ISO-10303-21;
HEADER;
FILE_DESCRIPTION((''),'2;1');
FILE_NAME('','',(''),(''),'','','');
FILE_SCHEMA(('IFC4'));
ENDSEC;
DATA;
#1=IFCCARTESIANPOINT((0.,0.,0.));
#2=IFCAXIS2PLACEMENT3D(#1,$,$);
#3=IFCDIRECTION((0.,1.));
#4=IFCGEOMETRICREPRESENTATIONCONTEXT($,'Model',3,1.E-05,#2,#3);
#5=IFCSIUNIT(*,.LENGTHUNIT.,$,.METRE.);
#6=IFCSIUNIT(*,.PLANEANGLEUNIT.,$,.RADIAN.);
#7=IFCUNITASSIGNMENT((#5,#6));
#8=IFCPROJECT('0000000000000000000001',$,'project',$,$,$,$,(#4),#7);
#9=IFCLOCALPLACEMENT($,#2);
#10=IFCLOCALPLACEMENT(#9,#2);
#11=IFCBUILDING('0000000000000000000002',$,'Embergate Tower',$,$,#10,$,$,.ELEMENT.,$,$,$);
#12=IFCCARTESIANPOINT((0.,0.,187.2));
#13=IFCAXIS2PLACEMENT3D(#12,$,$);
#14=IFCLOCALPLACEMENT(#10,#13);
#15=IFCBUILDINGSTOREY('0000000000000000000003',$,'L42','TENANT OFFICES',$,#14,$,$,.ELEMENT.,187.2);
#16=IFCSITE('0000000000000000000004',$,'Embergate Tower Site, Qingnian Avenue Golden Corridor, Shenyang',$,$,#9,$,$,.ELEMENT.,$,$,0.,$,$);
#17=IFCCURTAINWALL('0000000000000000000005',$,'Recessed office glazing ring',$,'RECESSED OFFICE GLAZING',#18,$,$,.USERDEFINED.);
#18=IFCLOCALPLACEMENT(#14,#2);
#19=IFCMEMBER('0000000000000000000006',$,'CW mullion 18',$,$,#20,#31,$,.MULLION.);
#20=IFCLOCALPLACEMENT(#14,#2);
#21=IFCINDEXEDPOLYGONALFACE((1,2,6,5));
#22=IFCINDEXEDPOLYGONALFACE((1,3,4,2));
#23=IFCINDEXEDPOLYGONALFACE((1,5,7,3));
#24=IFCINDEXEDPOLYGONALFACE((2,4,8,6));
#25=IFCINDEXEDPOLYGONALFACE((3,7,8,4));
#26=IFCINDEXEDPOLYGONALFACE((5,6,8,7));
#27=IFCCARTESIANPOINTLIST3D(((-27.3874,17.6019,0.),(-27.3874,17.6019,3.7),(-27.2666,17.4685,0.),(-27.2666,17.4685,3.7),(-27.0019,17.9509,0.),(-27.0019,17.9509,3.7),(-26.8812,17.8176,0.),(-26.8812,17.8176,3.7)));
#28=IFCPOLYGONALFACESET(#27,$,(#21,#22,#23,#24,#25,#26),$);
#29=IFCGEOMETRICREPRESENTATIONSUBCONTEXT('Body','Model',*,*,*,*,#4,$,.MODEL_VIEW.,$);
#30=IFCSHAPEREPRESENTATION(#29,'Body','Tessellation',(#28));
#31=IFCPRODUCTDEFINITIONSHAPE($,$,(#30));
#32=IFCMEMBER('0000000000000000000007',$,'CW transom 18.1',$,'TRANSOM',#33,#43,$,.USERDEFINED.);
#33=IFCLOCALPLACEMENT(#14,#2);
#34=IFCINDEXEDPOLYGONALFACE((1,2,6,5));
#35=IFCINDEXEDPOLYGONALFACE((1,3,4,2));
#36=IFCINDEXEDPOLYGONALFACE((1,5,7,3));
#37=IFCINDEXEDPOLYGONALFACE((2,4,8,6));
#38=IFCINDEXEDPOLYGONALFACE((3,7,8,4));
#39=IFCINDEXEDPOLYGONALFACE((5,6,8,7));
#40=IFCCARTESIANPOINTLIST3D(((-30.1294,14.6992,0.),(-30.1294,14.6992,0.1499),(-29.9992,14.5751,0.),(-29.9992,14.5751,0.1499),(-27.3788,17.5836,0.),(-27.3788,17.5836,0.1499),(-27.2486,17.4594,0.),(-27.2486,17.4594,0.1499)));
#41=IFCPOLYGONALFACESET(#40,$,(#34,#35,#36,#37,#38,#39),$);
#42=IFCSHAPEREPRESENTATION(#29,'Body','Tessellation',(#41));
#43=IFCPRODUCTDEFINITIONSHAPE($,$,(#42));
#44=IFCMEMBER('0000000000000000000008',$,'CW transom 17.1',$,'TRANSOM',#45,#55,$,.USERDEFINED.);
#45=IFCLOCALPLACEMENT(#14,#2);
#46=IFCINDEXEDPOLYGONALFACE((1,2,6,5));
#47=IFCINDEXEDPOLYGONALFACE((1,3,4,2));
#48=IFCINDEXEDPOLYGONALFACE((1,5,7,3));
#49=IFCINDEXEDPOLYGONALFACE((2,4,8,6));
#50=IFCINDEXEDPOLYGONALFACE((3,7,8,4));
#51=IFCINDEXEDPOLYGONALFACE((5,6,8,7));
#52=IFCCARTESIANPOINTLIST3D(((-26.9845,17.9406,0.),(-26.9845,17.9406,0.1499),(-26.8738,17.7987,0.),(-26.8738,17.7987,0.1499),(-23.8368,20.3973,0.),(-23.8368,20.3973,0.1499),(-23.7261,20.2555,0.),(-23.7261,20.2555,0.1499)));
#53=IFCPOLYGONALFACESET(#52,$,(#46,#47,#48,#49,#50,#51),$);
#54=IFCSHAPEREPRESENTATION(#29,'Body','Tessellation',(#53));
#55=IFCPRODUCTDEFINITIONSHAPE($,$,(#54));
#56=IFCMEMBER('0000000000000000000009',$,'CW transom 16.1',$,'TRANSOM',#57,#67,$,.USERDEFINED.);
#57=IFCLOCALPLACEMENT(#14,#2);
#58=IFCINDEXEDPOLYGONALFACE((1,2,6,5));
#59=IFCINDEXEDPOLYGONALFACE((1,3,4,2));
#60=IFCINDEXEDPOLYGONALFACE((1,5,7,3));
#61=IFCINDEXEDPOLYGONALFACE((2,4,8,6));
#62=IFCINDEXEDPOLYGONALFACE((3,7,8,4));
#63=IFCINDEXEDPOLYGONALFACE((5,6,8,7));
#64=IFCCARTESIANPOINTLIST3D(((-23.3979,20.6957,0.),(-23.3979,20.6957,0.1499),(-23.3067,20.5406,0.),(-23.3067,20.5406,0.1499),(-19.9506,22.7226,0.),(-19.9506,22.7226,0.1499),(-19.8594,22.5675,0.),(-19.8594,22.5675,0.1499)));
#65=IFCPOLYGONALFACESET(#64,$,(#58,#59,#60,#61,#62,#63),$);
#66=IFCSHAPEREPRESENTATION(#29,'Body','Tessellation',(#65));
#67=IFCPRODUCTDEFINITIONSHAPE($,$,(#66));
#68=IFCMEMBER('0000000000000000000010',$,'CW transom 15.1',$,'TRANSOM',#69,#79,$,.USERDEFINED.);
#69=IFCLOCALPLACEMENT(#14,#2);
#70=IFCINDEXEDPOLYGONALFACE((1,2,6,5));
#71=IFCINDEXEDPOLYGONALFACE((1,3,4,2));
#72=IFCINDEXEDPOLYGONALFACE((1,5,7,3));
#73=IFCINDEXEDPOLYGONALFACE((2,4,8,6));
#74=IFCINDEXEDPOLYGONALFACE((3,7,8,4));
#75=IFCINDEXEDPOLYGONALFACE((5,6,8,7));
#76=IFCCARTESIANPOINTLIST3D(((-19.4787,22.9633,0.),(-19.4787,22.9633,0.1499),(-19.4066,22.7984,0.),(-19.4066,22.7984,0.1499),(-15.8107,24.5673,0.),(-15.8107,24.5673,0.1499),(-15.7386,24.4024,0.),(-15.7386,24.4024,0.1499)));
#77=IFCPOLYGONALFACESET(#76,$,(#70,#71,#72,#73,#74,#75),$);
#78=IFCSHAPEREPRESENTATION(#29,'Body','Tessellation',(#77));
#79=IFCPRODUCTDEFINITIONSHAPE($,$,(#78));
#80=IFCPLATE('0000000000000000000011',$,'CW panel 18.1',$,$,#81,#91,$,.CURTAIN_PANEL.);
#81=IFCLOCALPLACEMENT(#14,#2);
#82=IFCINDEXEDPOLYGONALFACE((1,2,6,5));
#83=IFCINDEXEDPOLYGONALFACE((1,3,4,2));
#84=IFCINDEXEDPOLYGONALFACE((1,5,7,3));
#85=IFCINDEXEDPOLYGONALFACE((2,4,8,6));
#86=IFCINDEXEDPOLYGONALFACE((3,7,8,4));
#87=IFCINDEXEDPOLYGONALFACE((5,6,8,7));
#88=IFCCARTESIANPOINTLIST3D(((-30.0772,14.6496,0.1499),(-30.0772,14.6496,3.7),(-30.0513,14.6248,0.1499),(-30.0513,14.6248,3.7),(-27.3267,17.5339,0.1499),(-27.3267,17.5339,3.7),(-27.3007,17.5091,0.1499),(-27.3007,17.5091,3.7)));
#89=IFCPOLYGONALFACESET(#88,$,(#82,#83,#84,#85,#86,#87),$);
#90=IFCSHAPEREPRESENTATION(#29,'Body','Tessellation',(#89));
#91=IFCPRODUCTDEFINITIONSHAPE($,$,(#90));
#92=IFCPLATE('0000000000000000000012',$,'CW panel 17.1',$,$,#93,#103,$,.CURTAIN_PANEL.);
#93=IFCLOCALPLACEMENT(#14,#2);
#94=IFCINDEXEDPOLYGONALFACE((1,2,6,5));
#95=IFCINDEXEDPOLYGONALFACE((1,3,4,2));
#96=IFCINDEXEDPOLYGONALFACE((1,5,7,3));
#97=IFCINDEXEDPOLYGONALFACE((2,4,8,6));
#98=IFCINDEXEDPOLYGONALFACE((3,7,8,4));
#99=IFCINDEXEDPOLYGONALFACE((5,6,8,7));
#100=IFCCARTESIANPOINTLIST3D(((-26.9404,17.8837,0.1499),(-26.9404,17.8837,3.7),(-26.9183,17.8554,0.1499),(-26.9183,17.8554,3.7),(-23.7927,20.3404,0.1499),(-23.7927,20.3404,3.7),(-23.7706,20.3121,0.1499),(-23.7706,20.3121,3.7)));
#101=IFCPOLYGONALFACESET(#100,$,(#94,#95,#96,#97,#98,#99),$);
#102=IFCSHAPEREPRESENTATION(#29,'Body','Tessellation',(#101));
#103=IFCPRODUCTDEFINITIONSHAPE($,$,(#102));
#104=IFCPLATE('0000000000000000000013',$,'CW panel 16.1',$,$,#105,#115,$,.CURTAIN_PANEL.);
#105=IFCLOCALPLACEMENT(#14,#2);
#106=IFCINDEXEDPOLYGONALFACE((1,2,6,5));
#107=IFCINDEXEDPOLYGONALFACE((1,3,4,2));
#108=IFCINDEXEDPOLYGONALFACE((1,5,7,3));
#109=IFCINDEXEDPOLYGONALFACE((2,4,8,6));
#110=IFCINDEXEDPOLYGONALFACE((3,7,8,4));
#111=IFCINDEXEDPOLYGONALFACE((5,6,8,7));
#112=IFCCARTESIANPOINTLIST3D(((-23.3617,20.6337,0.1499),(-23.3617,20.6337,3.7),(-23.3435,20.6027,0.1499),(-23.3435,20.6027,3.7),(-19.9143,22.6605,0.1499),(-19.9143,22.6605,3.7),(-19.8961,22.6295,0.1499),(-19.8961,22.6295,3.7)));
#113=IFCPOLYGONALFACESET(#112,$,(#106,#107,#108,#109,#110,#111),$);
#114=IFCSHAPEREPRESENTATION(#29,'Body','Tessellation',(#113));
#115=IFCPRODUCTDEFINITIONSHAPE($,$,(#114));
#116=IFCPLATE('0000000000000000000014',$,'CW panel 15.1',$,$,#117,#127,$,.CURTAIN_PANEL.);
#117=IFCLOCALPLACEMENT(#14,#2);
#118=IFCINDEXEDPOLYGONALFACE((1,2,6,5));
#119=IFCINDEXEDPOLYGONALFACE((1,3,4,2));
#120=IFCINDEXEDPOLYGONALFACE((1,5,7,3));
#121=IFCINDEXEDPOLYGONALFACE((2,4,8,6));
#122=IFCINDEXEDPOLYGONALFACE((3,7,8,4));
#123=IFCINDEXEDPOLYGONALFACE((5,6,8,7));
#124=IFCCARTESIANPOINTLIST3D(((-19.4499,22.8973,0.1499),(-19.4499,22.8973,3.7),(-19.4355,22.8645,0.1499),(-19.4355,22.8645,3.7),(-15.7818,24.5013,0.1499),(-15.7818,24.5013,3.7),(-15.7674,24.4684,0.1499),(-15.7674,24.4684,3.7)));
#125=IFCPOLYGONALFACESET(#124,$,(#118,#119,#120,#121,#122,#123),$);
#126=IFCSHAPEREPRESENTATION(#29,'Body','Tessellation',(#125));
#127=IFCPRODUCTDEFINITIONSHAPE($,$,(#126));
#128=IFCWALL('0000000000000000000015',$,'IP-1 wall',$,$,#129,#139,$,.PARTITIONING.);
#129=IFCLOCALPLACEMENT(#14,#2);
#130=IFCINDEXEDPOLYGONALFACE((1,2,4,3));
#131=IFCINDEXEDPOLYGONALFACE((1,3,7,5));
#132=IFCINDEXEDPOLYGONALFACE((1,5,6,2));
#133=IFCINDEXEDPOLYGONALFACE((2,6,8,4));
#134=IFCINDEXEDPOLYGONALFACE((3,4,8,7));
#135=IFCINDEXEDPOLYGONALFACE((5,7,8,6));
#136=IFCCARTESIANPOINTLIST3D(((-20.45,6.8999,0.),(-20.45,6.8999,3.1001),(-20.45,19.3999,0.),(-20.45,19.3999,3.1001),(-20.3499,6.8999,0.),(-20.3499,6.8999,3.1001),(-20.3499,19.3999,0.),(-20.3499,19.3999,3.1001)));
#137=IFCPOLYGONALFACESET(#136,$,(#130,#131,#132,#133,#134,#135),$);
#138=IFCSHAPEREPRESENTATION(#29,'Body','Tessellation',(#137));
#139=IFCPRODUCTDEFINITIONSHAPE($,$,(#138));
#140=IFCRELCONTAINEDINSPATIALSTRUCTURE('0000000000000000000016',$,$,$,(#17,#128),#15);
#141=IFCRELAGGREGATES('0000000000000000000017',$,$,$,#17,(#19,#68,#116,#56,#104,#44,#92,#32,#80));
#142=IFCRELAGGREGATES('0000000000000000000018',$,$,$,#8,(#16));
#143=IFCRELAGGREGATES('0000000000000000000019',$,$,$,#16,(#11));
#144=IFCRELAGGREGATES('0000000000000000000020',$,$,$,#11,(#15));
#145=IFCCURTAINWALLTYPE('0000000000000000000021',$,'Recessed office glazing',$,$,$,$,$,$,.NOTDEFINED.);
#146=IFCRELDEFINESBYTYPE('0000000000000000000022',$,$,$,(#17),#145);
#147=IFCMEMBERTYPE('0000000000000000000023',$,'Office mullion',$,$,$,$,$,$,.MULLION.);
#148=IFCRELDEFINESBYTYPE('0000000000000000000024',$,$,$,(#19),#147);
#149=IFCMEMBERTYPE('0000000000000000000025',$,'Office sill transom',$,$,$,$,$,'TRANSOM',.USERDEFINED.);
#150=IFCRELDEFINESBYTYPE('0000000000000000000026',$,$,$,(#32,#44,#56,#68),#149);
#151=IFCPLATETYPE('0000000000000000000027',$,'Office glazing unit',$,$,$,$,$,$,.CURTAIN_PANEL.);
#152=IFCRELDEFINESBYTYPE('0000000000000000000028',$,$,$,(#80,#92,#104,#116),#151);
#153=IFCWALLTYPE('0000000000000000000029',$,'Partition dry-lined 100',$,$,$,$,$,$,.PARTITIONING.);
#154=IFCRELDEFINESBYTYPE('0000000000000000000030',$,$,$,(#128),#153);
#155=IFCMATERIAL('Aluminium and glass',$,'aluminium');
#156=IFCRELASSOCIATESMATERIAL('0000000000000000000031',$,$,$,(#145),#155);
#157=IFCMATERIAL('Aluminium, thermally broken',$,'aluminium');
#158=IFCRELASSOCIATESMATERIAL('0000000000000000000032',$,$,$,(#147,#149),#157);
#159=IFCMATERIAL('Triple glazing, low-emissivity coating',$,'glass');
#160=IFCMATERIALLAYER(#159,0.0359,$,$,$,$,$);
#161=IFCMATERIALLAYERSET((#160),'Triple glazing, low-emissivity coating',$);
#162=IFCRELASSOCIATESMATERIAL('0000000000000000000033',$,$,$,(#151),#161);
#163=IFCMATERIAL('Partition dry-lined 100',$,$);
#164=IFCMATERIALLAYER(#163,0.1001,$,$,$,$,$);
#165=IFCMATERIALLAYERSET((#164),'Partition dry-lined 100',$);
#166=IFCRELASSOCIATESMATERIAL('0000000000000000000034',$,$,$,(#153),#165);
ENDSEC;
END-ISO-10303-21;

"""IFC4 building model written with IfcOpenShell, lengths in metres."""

from ifc_helpers import new_model, si_unit, direction, frame, frame_2d, origin, origin_2d, place, context, subcontext, project, spatial, rectangle, extrude, source, transform, mapped, material, layer, layer_set, material_profile, profile_set, type_object, element, aggregate, save


model = new_model("IFC4")

# Units and contexts
model_context = context("Model", 3, precision=1e-05, world=origin(), true_north=direction((0.0, 1.0)))
body_context = subcontext(model_context, "Body", "Model", "MODEL_VIEW")
ifc_project = project(units=[si_unit("LENGTHUNIT", "METRE"), si_unit("PLANEANGLEUNIT", "RADIAN")], contexts=[model_context])

# Site, building, storey
site_placement = place(None, origin())
site = spatial("IfcSite", under=ifc_project, at=site_placement, Name="Embergate Tower Site, Qingnian Avenue Golden Corridor, Shenyang", CompositionType="ELEMENT", RefElevation=0.0)
building_placement = place(site_placement, origin())
building = spatial("IfcBuilding", under=site, at=building_placement, Name="Embergate Tower", CompositionType="ELEMENT")
storey_placement = place(building_placement, frame((0.0, 0.0, 187.2)))
storey = spatial("IfcBuildingStorey", under=building, at=storey_placement, Name="L42", Description="TENANT OFFICES", CompositionType="ELEMENT", Elevation=187.2)

# Curtain wall, members, plates
ifc_material_1 = material(Name="Aluminium and glass", Category="aluminium")
curtain_wall_type = type_object("IfcCurtainWallType", Name="Recessed office glazing", PredefinedType="NOTDEFINED", material=ifc_material_1)
curtain_wall_placement = place(storey_placement, origin())
curtain_wall = element("IfcCurtainWall", 1, at=curtain_wall_placement, inside=storey, type_object=curtain_wall_type, Name="Recessed office glazing ring", ObjectType="RECESSED OFFICE GLAZING", PredefinedType="USERDEFINED")
ifc_material_2 = material(Name="Aluminium, thermally broken", Category="aluminium")
ifc_material_profile_1 = material_profile(ifc_material_2, rectangle(XDim=0.1799, YDim=0.52, at=origin_2d()), Name="AL 520x180")
ifc_profile_set_1 = profile_set([ifc_material_profile_1], Name="Aluminium, thermally broken")
member_type_1 = type_object("IfcMemberType", Name="Office mullion", PredefinedType="MULLION", material=ifc_profile_set_1)
shared_shape_1 = source(origin(), body_context, "Body", "SweptSolid", [
    extrude(rectangle(XDim=0.1799, YDim=0.52, at=origin_2d()), origin(), (0.0, 0.0, 1.0), 3.7),
])
member_1_placement = place(storey_placement, frame((-27.1343, 17.7097, 0.0), z_axis=(0.0, 0.0, 1.0), x_axis=(0.671229, -0.74125, 0.0)))
member_1 = element("IfcMember", 2, at=member_1_placement, type_object=member_type_1, Name="CW mullion 18", PredefinedType="MULLION", context=body_context, shape_type="MappedRepresentation", body=[
    mapped(shared_shape_1, transform((0.0, 0.0, 0.0))),
])
ifc_material_profile_2 = material_profile(ifc_material_2, rectangle(XDim=0.1799, YDim=0.1499, at=origin_2d()), Name="AL 150x180")
ifc_profile_set_2 = profile_set([ifc_material_profile_2], Name="Aluminium, thermally broken")
member_type_2 = type_object("IfcMemberType", Name="Office sill transom", ElementType="TRANSOM", PredefinedType="USERDEFINED", material=ifc_profile_set_2)
shared_shape_2 = source(origin(), body_context, "Body", "SweptSolid", [
    extrude(rectangle(XDim=0.1799, YDim=0.1499, at=origin_2d()), origin(), (0.0, 0.0, 1.0), 3.9856),
])
member_2_placement = place(storey_placement, frame((-27.3137, 17.5215, 0.075), z_axis=(-0.690123, -0.723692, 0.0), x_axis=(0.723692, -0.690123, 0.0)))
member_2 = element("IfcMember", 3, at=member_2_placement, type_object=member_type_2, Name="CW transom 18.1", ObjectType="TRANSOM", PredefinedType="USERDEFINED", context=body_context, shape_type="MappedRepresentation", body=[
    mapped(shared_shape_2, transform((0.0, 0.0, 0.0))),
])
shared_shape_3 = source(origin(), body_context, "Body", "SweptSolid", [
    extrude(rectangle(XDim=0.1799, YDim=0.1499, at=origin_2d()), origin(), (0.0, 0.0, 1.0), 3.9929),
])
member_3_placement = place(storey_placement, frame((-23.7815, 20.3264, 0.075), z_axis=(-0.788311, -0.615277, 0.0), x_axis=(0.615277, -0.788311, 0.0)))
member_3 = element("IfcMember", 4, at=member_3_placement, type_object=member_type_2, Name="CW transom 17.1", ObjectType="TRANSOM", PredefinedType="USERDEFINED", context=body_context, shape_type="MappedRepresentation", body=[
    mapped(shared_shape_3, transform((0.0, 0.0, 0.0))),
])
shared_shape_4 = source(origin(), body_context, "Body", "SweptSolid", [
    extrude(rectangle(XDim=0.1799, YDim=0.1499, at=origin_2d()), origin(), (0.0, 0.0, 1.0), 3.999),
])
member_4_placement = place(storey_placement, frame((-19.905, 22.645, 0.075), z_axis=(-0.862038, -0.506844, 0.0), x_axis=(0.506844, -0.862038, 0.0)))
member_4 = element("IfcMember", 5, at=member_4_placement, type_object=member_type_2, Name="CW transom 16.1", ObjectType="TRANSOM", PredefinedType="USERDEFINED", context=body_context, shape_type="MappedRepresentation", body=[
    mapped(shared_shape_4, transform((0.0, 0.0, 0.0))),
])
shared_shape_5 = source(origin(), body_context, "Body", "SweptSolid", [
    extrude(rectangle(XDim=0.1799, YDim=0.1499, at=origin_2d()), origin(), (0.0, 0.0, 1.0), 4.0034),
])
member_5_placement = place(storey_placement, frame((-15.7747, 24.4849, 0.075), z_axis=(-0.916225, -0.400665, 0.0), x_axis=(0.400665, -0.916225, 0.0)))
member_5 = element("IfcMember", 6, at=member_5_placement, type_object=member_type_2, Name="CW transom 15.1", ObjectType="TRANSOM", PredefinedType="USERDEFINED", context=body_context, shape_type="MappedRepresentation", body=[
    mapped(shared_shape_5, transform((0.0, 0.0, 0.0))),
])
ifc_material_3 = material(Name="Triple glazing, low-emissivity coating", Category="glass")
ifc_layer_1 = layer(ifc_material_3, 0.0359)
ifc_layer_set_1 = layer_set([ifc_layer_1], Name="Triple glazing, low-emissivity coating")
plate_type = type_object("IfcPlateType", Name="Office glazing unit", PredefinedType="CURTAIN_PANEL", material=ifc_layer_set_1)
shared_shape_6 = source(origin(), body_context, "Body", "SweptSolid", [
    extrude(rectangle(XDim=3.9856, YDim=0.0359, at=origin_2d()), origin(), (0.0, 0.0, 1.0), 3.55),
])
plate_1_placement = place(storey_placement, frame((-28.689, 16.0793, 0.1499), z_axis=(0.0, 0.0, 1.0), x_axis=(-0.690133, -0.723683, 0.0)))
plate_1 = element("IfcPlate", 7, at=plate_1_placement, type_object=plate_type, Name="CW panel 18.1", PredefinedType="CURTAIN_PANEL", context=body_context, shape_type="MappedRepresentation", body=[
    mapped(shared_shape_6, transform((0.0, 0.0, 0.0))),
])
shared_shape_7 = source(origin(), body_context, "Body", "SweptSolid", [
    extrude(rectangle(XDim=3.9929, YDim=0.0359, at=origin_2d()), origin(), (0.0, 0.0, 1.0), 3.55),
])
plate_2_placement = place(storey_placement, frame((-25.3555, 19.0979, 0.1499), z_axis=(0.0, 0.0, 1.0), x_axis=(-0.788318, -0.615268, 0.0)))
plate_2 = element("IfcPlate", 8, at=plate_2_placement, type_object=plate_type, Name="CW panel 17.1", PredefinedType="CURTAIN_PANEL", context=body_context, shape_type="MappedRepresentation", body=[
    mapped(shared_shape_7, transform((0.0, 0.0, 0.0))),
])
shared_shape_8 = source(origin(), body_context, "Body", "SweptSolid", [
    extrude(rectangle(XDim=3.999, YDim=0.0359, at=origin_2d()), origin(), (0.0, 0.0, 1.0), 3.55),
])
plate_3_placement = place(storey_placement, frame((-21.6289, 21.6316, 0.1499), z_axis=(0.0, 0.0, 1.0), x_axis=(-0.862051, -0.506821, 0.0)))
plate_3 = element("IfcPlate", 9, at=plate_3_placement, type_object=plate_type, Name="CW panel 16.1", PredefinedType="CURTAIN_PANEL", context=body_context, shape_type="MappedRepresentation", body=[
    mapped(shared_shape_8, transform((0.0, 0.0, 0.0))),
])
shared_shape_9 = source(origin(), body_context, "Body", "SweptSolid", [
    extrude(rectangle(XDim=4.0034, YDim=0.0359, at=origin_2d()), origin(), (0.0, 0.0, 1.0), 3.55),
])
plate_4_placement = place(storey_placement, frame((-17.6086, 23.6829, 0.1499), z_axis=(0.0, 0.0, 1.0), x_axis=(-0.916235, -0.400642, 0.0)))
plate_4 = element("IfcPlate", 10, at=plate_4_placement, type_object=plate_type, Name="CW panel 15.1", PredefinedType="CURTAIN_PANEL", context=body_context, shape_type="MappedRepresentation", body=[
    mapped(shared_shape_9, transform((0.0, 0.0, 0.0))),
])
aggregate(curtain_wall, [member_1, member_5, plate_4, member_4, plate_3, member_3, plate_2, member_2, plate_1])

# Wall
ifc_material_4 = material(Name="Partition dry-lined 100")
ifc_layer_2 = layer(ifc_material_4, 0.1001)
ifc_layer_set_2 = layer_set([ifc_layer_2], Name="Partition dry-lined 100")
wall_type = type_object("IfcWallType", Name="Partition dry-lined 100", PredefinedType="PARTITIONING", material=ifc_layer_set_2)
shared_shape_10 = source(origin(), body_context, "Body", "SweptSolid", [
    extrude(rectangle(XDim=12.5, YDim=0.1001, at=frame_2d((6.25, 0.0))), origin(), (0.0, 0.0, 1.0), 3.1001),
])
wall_placement = place(storey_placement, frame((-20.3999, 19.3999, 0.0), z_axis=(0.0, 0.0, 1.0), x_axis=(0.0, -1.0, 0.0)))
element("IfcWall", 11, at=wall_placement, inside=storey, type_object=wall_type, Name="IP-1 wall", PredefinedType="PARTITIONING", context=body_context, shape_type="MappedRepresentation", body=[
    mapped(shared_shape_10, transform((0.0, 0.0, 0.0))),
])

save(model, "model.ifc")
